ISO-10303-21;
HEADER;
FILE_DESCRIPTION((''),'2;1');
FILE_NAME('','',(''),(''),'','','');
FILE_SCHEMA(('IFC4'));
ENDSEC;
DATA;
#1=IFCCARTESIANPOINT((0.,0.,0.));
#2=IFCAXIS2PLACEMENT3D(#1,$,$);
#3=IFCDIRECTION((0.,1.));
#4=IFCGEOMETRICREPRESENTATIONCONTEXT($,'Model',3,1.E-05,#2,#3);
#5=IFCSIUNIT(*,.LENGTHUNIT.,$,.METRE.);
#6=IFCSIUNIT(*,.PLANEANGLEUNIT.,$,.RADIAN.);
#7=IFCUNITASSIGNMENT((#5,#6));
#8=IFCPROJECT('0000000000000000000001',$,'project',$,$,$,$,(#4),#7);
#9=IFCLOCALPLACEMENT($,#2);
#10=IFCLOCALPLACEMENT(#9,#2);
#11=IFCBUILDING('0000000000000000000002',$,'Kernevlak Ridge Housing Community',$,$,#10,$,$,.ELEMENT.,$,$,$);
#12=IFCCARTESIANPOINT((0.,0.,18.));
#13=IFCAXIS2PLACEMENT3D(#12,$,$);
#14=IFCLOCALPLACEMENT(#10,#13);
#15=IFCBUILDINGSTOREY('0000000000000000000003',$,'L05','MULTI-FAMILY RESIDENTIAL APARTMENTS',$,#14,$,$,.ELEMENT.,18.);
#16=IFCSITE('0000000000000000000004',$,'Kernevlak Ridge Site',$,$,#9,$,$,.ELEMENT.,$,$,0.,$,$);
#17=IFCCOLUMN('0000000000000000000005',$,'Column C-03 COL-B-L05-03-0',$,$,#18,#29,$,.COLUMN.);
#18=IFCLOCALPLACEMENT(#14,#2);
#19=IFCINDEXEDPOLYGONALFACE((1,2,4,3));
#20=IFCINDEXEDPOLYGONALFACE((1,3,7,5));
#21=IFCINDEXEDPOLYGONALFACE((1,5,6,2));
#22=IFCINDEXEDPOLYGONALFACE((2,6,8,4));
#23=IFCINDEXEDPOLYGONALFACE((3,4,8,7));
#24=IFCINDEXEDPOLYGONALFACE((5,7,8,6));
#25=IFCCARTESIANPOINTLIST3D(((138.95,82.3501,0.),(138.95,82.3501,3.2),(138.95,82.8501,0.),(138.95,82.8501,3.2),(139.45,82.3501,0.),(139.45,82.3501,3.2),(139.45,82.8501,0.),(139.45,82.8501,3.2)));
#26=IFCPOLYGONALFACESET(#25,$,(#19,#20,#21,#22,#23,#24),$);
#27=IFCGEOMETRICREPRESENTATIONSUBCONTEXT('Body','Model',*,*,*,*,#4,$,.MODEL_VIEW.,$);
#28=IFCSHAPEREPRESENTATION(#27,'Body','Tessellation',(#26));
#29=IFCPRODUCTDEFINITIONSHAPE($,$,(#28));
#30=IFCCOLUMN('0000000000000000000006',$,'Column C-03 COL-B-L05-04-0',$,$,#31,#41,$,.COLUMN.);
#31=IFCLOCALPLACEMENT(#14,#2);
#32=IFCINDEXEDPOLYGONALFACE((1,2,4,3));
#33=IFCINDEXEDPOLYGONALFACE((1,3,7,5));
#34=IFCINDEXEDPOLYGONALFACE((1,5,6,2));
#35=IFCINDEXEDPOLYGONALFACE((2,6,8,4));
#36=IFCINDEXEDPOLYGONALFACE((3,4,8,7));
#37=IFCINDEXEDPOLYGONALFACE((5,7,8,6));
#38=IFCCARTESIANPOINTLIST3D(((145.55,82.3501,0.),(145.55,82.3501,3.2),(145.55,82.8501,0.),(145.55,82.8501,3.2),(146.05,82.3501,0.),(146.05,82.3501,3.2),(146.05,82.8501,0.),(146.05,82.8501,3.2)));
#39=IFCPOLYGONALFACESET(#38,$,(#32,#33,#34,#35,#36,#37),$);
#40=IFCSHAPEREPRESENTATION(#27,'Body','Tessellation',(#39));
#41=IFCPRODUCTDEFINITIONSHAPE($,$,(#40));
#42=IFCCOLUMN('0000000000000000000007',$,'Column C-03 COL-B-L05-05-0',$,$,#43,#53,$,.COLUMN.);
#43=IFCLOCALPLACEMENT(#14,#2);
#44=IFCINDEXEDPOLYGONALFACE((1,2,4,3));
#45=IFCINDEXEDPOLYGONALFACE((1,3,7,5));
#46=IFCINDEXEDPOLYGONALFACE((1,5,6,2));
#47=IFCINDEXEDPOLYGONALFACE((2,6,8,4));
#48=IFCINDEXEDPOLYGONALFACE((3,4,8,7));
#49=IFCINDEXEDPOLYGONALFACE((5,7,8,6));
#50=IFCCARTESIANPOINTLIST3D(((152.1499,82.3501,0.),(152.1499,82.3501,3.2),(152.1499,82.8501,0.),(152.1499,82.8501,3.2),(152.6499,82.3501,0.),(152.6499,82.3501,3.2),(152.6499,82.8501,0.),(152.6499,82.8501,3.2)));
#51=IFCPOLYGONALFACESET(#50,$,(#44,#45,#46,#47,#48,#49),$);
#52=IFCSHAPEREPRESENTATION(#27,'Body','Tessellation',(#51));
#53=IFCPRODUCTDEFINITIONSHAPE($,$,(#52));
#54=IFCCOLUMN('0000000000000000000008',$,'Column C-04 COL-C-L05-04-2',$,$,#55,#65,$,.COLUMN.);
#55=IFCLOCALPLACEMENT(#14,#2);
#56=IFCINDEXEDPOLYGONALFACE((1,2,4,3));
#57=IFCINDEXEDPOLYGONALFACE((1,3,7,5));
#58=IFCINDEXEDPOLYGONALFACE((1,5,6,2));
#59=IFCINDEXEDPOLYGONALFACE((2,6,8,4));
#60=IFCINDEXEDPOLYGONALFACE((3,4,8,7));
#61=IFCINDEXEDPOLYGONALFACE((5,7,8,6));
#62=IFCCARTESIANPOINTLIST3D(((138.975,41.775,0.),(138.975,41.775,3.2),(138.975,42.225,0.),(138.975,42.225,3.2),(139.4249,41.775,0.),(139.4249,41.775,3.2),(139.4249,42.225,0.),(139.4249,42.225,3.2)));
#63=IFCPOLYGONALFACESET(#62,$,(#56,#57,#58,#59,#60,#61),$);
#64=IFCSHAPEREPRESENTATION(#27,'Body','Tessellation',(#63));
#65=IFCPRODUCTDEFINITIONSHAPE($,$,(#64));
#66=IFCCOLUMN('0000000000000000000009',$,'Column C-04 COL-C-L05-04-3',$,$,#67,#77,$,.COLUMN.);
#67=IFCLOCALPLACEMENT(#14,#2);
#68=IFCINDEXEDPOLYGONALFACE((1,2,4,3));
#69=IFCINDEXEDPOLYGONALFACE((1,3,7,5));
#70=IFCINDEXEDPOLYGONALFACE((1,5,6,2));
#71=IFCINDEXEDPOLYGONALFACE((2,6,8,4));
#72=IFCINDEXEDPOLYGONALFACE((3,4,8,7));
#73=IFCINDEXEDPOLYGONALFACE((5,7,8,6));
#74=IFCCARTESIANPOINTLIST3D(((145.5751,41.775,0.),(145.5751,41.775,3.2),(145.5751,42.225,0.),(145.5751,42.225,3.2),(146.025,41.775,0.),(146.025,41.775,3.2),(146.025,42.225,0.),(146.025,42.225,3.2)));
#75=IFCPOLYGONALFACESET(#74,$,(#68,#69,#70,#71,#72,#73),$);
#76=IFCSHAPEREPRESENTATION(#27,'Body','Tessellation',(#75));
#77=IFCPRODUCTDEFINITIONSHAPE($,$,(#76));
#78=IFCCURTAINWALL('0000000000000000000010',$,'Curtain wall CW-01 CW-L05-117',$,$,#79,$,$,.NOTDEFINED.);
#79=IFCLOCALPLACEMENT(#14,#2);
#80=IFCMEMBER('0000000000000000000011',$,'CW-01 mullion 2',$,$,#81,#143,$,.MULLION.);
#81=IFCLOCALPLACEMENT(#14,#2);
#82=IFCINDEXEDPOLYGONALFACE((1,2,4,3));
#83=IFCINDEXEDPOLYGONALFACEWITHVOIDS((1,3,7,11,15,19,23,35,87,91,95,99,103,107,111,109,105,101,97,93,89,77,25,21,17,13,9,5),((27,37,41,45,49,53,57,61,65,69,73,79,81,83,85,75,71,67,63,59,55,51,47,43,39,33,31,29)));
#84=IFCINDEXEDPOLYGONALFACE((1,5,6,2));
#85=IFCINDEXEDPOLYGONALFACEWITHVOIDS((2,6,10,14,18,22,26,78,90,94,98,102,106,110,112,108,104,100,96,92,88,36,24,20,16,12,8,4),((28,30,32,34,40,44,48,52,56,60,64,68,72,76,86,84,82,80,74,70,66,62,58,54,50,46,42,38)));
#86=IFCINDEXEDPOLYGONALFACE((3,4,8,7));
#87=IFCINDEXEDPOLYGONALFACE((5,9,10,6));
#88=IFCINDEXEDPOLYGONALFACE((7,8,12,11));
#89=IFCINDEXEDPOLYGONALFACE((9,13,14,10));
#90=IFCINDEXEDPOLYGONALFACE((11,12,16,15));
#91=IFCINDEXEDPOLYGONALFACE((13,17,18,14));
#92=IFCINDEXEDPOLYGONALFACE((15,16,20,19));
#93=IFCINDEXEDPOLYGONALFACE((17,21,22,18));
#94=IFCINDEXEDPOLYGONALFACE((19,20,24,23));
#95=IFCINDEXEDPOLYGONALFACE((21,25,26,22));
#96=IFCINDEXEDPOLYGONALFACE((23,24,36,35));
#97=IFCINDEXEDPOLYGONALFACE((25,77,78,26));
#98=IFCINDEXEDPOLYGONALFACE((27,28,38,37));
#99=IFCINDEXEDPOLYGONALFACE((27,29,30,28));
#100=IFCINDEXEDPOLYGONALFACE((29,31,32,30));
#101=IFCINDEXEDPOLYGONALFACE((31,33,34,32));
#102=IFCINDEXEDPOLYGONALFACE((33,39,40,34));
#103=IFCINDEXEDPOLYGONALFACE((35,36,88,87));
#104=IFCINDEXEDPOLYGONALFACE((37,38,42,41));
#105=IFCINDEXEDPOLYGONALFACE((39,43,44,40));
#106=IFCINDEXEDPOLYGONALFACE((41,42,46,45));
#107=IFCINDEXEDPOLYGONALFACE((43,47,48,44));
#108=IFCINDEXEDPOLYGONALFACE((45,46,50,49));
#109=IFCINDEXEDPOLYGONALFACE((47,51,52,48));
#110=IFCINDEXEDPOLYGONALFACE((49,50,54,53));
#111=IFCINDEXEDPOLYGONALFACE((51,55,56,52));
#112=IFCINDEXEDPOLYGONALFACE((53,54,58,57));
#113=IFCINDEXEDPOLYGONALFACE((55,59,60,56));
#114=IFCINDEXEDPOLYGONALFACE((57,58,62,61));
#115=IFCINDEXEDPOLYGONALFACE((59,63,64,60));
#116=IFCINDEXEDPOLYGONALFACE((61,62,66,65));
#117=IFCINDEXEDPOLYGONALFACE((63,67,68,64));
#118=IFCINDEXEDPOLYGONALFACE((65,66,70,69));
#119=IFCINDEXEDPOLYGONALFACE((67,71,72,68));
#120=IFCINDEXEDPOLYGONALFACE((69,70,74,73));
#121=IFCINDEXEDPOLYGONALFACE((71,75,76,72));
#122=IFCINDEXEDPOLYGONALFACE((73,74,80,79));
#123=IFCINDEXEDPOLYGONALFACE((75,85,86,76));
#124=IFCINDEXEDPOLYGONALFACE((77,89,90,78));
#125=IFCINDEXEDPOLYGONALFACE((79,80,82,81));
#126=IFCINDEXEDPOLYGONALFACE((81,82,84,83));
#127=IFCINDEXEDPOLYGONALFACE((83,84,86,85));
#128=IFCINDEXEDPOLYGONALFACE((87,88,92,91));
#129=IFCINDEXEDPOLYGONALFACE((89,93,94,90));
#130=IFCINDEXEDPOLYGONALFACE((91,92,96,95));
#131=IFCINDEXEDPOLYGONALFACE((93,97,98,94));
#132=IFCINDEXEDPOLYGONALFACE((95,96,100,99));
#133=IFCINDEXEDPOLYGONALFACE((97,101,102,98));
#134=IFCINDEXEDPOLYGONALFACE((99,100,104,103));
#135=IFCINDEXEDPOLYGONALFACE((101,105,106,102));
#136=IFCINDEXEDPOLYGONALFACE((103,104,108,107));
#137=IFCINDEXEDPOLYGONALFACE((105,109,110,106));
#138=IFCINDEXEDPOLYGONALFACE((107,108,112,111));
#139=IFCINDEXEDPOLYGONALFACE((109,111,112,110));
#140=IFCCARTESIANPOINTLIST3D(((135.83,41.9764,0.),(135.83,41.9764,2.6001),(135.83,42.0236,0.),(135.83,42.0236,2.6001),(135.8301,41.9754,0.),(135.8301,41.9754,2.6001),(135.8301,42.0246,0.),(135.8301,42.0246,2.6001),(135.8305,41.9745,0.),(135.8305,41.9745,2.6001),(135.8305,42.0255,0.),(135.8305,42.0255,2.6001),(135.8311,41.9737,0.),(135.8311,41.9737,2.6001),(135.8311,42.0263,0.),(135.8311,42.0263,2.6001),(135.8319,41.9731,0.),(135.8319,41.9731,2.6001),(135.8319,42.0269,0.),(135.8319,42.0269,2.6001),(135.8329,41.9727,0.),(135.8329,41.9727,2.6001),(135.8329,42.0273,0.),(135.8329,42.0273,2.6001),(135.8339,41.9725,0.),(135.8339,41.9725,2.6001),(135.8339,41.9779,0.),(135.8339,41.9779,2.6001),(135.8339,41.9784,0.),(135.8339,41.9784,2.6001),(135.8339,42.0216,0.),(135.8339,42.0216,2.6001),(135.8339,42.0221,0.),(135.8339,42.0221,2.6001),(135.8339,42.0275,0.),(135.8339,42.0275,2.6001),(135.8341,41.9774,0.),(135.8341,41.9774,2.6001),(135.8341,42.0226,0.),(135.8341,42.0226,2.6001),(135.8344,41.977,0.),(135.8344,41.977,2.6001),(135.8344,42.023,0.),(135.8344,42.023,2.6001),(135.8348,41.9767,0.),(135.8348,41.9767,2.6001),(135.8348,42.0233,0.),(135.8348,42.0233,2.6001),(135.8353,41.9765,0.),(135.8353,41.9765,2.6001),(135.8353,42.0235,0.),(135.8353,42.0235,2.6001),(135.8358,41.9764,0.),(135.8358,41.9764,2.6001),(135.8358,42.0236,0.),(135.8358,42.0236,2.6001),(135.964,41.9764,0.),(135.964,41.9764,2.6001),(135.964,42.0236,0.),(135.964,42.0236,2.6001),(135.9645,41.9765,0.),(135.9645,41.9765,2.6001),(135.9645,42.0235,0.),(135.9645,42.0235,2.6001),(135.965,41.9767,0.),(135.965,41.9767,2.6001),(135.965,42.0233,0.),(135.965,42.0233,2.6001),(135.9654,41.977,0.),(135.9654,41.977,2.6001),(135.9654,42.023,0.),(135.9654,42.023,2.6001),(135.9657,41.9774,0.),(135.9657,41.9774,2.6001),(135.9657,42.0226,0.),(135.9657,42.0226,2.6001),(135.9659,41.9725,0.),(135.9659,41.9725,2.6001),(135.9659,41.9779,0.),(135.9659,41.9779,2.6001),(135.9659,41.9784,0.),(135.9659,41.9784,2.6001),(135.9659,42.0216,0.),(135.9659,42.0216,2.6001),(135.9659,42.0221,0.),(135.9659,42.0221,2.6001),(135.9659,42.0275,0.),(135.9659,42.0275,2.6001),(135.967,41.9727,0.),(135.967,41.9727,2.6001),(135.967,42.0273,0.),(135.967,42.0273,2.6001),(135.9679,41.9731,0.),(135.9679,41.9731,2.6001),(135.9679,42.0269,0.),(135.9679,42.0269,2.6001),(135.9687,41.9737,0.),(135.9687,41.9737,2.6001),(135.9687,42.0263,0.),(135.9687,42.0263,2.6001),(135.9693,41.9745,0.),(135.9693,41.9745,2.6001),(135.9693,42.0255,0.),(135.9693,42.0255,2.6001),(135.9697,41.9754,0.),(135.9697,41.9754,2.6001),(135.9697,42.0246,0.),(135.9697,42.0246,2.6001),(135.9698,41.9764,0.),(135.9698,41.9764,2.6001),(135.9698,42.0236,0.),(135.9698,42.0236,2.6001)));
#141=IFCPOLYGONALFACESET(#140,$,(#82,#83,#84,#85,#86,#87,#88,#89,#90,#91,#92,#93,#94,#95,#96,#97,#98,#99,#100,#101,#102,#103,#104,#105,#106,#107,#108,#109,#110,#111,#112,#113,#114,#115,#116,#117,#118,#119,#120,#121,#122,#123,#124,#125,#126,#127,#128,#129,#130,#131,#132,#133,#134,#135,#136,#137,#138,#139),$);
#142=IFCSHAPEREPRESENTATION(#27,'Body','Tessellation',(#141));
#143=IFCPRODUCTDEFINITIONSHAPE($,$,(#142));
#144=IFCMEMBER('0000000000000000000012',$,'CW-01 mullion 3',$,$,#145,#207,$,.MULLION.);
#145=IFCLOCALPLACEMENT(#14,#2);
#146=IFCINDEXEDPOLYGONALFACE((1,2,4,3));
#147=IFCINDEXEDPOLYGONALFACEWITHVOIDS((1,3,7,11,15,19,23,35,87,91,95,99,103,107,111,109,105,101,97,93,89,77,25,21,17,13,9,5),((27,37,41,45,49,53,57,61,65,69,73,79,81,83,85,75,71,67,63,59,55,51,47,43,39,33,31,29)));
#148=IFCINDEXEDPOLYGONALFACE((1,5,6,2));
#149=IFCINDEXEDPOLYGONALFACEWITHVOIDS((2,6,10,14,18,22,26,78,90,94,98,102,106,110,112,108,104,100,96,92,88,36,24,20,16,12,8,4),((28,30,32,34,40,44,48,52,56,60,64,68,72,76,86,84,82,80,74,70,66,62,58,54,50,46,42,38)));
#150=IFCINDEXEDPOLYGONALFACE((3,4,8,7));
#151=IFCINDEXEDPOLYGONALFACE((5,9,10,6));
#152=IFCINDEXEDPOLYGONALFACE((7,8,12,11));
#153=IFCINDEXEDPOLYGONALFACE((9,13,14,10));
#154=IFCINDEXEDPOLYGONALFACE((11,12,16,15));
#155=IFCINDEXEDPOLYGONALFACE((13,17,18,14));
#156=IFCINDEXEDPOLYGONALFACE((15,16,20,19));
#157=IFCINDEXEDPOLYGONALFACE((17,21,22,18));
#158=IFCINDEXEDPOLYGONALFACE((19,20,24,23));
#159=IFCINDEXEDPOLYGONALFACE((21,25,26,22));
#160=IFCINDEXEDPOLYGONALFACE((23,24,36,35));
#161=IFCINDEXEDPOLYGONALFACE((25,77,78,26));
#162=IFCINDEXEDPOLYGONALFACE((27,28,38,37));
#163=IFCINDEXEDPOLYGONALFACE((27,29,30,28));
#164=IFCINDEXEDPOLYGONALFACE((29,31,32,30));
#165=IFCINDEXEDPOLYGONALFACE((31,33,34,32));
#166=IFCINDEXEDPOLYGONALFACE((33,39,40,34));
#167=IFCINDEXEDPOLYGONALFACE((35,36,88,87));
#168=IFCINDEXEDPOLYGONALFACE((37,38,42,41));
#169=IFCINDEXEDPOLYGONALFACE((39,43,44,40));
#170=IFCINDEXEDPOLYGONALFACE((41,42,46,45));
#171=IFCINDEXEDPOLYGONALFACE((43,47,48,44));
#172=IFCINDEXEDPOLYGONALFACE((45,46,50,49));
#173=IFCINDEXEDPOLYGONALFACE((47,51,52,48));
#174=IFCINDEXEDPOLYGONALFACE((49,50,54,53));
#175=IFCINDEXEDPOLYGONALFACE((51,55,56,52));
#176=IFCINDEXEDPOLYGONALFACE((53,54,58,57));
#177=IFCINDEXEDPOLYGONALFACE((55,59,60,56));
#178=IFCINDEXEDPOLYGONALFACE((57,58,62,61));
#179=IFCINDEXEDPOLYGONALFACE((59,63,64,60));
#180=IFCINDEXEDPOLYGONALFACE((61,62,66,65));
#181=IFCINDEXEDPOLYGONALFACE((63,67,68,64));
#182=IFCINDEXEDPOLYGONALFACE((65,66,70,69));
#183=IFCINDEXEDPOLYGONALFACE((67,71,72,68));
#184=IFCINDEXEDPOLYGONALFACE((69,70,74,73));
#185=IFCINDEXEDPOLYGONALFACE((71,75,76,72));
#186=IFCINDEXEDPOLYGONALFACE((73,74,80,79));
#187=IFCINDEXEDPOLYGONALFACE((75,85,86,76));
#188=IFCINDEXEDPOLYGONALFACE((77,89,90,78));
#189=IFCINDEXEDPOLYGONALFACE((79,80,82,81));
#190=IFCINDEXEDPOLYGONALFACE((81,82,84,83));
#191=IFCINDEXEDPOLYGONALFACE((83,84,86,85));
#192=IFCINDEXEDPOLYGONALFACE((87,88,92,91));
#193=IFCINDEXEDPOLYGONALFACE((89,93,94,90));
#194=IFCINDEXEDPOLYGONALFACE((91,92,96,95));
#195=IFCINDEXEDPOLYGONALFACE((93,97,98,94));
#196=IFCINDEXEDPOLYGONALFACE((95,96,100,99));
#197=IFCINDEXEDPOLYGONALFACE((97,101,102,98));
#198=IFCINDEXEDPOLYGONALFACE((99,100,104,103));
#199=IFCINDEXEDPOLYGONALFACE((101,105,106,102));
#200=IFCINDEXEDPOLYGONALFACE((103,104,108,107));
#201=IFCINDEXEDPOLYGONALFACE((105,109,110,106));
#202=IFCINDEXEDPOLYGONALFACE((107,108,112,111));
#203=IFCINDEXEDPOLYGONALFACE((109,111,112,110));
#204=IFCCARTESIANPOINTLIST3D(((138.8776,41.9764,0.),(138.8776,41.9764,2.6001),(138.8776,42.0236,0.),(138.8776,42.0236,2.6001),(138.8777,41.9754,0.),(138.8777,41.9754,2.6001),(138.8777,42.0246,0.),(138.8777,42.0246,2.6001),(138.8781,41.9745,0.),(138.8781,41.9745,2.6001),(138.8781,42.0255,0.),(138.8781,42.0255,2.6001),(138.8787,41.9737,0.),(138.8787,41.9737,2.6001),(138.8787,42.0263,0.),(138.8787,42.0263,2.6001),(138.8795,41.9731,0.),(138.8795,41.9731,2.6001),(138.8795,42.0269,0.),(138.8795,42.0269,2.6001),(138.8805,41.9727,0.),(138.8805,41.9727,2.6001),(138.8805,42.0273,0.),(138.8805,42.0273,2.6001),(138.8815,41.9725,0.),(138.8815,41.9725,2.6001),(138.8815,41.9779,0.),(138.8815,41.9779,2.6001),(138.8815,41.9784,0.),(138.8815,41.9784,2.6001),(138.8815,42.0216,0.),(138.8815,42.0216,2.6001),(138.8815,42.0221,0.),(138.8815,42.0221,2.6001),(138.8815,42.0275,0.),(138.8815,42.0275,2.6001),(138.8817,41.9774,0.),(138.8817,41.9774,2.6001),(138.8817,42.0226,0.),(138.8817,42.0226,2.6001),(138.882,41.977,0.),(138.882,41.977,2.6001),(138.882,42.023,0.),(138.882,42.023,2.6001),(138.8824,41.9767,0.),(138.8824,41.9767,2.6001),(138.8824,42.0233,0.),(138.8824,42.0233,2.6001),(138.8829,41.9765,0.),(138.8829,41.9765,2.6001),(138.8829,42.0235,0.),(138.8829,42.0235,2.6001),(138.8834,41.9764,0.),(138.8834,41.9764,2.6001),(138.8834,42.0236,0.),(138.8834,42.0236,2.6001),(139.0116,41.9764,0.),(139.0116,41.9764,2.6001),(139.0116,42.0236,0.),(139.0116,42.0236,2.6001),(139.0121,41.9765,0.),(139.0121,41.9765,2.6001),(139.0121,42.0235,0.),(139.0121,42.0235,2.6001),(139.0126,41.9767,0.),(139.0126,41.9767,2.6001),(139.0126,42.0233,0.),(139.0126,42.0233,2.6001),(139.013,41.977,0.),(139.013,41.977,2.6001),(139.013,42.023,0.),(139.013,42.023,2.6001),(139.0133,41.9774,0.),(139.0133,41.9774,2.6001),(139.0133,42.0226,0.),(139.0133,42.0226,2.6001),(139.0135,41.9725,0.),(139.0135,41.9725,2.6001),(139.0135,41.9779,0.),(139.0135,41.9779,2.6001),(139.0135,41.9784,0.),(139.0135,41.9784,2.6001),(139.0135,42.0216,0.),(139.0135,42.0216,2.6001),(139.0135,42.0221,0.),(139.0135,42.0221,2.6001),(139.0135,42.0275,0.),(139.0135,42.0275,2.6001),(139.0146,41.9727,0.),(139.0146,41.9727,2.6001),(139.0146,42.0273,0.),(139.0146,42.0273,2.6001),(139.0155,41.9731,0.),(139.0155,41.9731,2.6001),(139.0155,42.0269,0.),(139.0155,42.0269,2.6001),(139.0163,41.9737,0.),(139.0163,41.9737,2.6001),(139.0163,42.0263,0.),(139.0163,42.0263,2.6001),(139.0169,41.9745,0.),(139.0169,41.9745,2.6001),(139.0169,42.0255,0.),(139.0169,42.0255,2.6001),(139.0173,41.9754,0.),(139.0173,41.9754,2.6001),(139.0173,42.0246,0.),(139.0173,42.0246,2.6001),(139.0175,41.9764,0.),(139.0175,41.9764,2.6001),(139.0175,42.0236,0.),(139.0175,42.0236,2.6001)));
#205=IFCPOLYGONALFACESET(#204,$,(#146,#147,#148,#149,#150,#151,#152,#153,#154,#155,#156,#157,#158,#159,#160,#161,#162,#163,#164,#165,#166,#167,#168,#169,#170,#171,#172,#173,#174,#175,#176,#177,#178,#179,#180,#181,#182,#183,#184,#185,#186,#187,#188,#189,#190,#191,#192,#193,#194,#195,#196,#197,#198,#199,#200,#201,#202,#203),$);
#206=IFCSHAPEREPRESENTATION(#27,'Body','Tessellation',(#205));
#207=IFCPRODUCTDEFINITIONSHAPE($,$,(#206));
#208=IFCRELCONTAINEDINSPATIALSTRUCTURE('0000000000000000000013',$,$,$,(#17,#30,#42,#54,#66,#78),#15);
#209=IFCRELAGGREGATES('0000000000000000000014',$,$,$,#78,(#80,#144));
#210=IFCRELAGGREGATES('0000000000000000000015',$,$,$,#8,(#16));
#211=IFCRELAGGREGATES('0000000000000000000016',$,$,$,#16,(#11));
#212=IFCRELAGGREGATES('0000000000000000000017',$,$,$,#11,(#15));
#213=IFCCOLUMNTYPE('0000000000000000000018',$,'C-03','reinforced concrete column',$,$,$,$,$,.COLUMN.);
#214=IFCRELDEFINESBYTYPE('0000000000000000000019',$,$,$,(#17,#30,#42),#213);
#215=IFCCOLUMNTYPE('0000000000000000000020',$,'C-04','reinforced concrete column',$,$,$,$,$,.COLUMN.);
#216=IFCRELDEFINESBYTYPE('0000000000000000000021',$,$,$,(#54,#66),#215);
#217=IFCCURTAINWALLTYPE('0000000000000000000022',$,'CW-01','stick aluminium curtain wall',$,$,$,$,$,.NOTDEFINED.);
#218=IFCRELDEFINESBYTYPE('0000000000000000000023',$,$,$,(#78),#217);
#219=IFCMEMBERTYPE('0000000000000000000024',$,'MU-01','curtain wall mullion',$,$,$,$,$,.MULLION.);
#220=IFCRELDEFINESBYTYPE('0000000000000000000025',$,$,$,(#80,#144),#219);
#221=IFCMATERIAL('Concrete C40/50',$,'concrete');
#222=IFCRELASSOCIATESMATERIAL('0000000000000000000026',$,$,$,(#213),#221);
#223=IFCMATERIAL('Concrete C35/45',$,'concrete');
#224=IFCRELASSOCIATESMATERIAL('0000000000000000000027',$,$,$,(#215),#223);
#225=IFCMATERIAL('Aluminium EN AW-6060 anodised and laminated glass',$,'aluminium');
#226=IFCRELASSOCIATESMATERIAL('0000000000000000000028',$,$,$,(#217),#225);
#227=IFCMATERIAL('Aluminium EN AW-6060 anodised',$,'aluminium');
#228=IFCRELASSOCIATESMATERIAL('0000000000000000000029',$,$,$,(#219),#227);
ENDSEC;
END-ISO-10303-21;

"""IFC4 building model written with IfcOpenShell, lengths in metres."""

from ifc_helpers import new_model, si_unit, direction, frame, origin, origin_2d, place, context, subcontext, project, spatial, rectangle, hollow_rectangle, extrude, material, material_profile, profile_set, type_object, element, aggregate, save


model = new_model("IFC4")

# Units and contexts
model_context = context("Model", 3, precision=1e-05, world=origin(), true_north=direction((0.0, 1.0)))
body_context = subcontext(model_context, "Body", "Model", "MODEL_VIEW")
ifc_project = project(units=[si_unit("LENGTHUNIT", "METRE"), si_unit("PLANEANGLEUNIT", "RADIAN")], contexts=[model_context])

# Site, building, storey
site_placement = place(None, origin())
site = spatial("IfcSite", under=ifc_project, at=site_placement, Name="Kernevlak Ridge Site", CompositionType="ELEMENT", RefElevation=0.0)
building_placement = place(site_placement, origin())
building = spatial("IfcBuilding", under=site, at=building_placement, Name="Kernevlak Ridge Housing Community", CompositionType="ELEMENT")
storey_placement = place(building_placement, frame((0.0, 0.0, 18.0)))
storey = spatial("IfcBuildingStorey", under=building, at=storey_placement, Name="L05", Description="MULTI-FAMILY RESIDENTIAL APARTMENTS", CompositionType="ELEMENT", Elevation=18.0)

# Columns
ifc_material_1 = material(Name="Concrete C40/50", Category="concrete")
ifc_material_profile_1 = material_profile(ifc_material_1, rectangle(XDim=0.5, YDim=0.5, at=origin_2d()), Name="RC 500x500")
ifc_profile_set_1 = profile_set([ifc_material_profile_1], Name="Concrete C40/50")
column_type_1 = type_object("IfcColumnType", Name="C-03", Description="reinforced concrete column", PredefinedType="COLUMN", material=ifc_profile_set_1)
for number, where, z_axis, x_axis, name in (
    (1, (139.2, 82.6001, 0.0), (0.0, 0.0, 1.0), (1.0, 0.0, 0.0), "Column C-03 COL-B-L05-03-0"),
    (2, (145.8, 82.6001, 0.0), (0.0, 0.0, 1.0), (1.0, 0.0, 0.0), "Column C-03 COL-B-L05-04-0"),
    (3, (152.3999, 82.6001, 0.0), (0.0, 0.0, 1.0), (1.0, 0.0, 0.0), "Column C-03 COL-B-L05-05-0"),
):
    element("IfcColumn", number, at=place(storey_placement, frame(where, z_axis=z_axis, x_axis=x_axis)), inside=storey, type_object=column_type_1, Name=name, PredefinedType="COLUMN", context=body_context, shape_type="SweptSolid", body=[
        extrude(rectangle(XDim=0.5, YDim=0.5, at=origin_2d()), origin(), (0.0, 0.0, 1.0), 3.2),
    ])
ifc_material_2 = material(Name="Concrete C35/45", Category="concrete")
ifc_material_profile_2 = material_profile(ifc_material_2, rectangle(XDim=0.45, YDim=0.45, at=origin_2d()), Name="RC 450x450")
ifc_profile_set_2 = profile_set([ifc_material_profile_2], Name="Concrete C35/45")
column_type_2 = type_object("IfcColumnType", Name="C-04", Description="reinforced concrete column", PredefinedType="COLUMN", material=ifc_profile_set_2)
for number, where, z_axis, x_axis, name in (
    (4, (139.2, 42.0, 0.0), (0.0, 0.0, 1.0), (1.0, 0.0, 0.0), "Column C-04 COL-C-L05-04-2"),
    (5, (145.8, 42.0, 0.0), (0.0, 0.0, 1.0), (1.0, 0.0, 0.0), "Column C-04 COL-C-L05-04-3"),
):
    element("IfcColumn", number, at=place(storey_placement, frame(where, z_axis=z_axis, x_axis=x_axis)), inside=storey, type_object=column_type_2, Name=name, PredefinedType="COLUMN", context=body_context, shape_type="SweptSolid", body=[
        extrude(rectangle(XDim=0.45, YDim=0.45, at=origin_2d()), origin(), (0.0, 0.0, 1.0), 3.2),
    ])

# Curtain wall, members
ifc_material_3 = material(Name="Aluminium EN AW-6060 anodised and laminated glass", Category="aluminium")
curtain_wall_type = type_object("IfcCurtainWallType", Name="CW-01", Description="stick aluminium curtain wall", PredefinedType="NOTDEFINED", material=ifc_material_3)
curtain_wall_placement = place(storey_placement, origin())
curtain_wall = element("IfcCurtainWall", 6, at=curtain_wall_placement, inside=storey, type_object=curtain_wall_type, Name="Curtain wall CW-01 CW-L05-117", PredefinedType="NOTDEFINED")
ifc_material_4 = material(Name="Aluminium EN AW-6060 anodised", Category="aluminium")
ifc_material_profile_3 = material_profile(ifc_material_4, hollow_rectangle(XDim=0.0549, YDim=0.1399, WallThickness=0.0039, InnerFilletRadius=0.002, OuterFilletRadius=0.0039, at=origin_2d()), Name="ALU 55x140x4")
ifc_profile_set_3 = profile_set([ifc_material_profile_3], Name="Aluminium EN AW-6060 anodised")
member_type_1 = type_object("IfcMemberType", Name="MU-01", Description="curtain wall mullion", PredefinedType="MULLION", material=ifc_profile_set_3)
member_1_placement = place(storey_placement, frame((135.8999, 42.0, 0.0), z_axis=(0.0, 0.0, 1.0), x_axis=(0.0, 1.0, 0.0)))
member_1 = element("IfcMember", 7, at=member_1_placement, type_object=member_type_1, Name="CW-01 mullion 2", PredefinedType="MULLION", context=body_context, shape_type="SweptSolid", body=[
    extrude(hollow_rectangle(XDim=0.0549, YDim=0.1399, WallThickness=0.0039, InnerFilletRadius=0.002, OuterFilletRadius=0.0039, at=origin_2d()), origin(), (0.0, 0.0, 1.0), 2.6001),
])
member_2_placement = place(storey_placement, frame((138.9475, 42.0, 0.0), z_axis=(0.0, 0.0, 1.0), x_axis=(0.0, 1.0, 0.0)))
member_2 = element("IfcMember", 8, at=member_2_placement, type_object=member_type_1, Name="CW-01 mullion 3", PredefinedType="MULLION", context=body_context, shape_type="SweptSolid", body=[
    extrude(hollow_rectangle(XDim=0.0549, YDim=0.1399, WallThickness=0.0039, InnerFilletRadius=0.002, OuterFilletRadius=0.0039, at=origin_2d()), origin(), (0.0, 0.0, 1.0), 2.6001),
])

aggregate(curtain_wall, [member_1, member_2])

save(model, "model.ifc")
